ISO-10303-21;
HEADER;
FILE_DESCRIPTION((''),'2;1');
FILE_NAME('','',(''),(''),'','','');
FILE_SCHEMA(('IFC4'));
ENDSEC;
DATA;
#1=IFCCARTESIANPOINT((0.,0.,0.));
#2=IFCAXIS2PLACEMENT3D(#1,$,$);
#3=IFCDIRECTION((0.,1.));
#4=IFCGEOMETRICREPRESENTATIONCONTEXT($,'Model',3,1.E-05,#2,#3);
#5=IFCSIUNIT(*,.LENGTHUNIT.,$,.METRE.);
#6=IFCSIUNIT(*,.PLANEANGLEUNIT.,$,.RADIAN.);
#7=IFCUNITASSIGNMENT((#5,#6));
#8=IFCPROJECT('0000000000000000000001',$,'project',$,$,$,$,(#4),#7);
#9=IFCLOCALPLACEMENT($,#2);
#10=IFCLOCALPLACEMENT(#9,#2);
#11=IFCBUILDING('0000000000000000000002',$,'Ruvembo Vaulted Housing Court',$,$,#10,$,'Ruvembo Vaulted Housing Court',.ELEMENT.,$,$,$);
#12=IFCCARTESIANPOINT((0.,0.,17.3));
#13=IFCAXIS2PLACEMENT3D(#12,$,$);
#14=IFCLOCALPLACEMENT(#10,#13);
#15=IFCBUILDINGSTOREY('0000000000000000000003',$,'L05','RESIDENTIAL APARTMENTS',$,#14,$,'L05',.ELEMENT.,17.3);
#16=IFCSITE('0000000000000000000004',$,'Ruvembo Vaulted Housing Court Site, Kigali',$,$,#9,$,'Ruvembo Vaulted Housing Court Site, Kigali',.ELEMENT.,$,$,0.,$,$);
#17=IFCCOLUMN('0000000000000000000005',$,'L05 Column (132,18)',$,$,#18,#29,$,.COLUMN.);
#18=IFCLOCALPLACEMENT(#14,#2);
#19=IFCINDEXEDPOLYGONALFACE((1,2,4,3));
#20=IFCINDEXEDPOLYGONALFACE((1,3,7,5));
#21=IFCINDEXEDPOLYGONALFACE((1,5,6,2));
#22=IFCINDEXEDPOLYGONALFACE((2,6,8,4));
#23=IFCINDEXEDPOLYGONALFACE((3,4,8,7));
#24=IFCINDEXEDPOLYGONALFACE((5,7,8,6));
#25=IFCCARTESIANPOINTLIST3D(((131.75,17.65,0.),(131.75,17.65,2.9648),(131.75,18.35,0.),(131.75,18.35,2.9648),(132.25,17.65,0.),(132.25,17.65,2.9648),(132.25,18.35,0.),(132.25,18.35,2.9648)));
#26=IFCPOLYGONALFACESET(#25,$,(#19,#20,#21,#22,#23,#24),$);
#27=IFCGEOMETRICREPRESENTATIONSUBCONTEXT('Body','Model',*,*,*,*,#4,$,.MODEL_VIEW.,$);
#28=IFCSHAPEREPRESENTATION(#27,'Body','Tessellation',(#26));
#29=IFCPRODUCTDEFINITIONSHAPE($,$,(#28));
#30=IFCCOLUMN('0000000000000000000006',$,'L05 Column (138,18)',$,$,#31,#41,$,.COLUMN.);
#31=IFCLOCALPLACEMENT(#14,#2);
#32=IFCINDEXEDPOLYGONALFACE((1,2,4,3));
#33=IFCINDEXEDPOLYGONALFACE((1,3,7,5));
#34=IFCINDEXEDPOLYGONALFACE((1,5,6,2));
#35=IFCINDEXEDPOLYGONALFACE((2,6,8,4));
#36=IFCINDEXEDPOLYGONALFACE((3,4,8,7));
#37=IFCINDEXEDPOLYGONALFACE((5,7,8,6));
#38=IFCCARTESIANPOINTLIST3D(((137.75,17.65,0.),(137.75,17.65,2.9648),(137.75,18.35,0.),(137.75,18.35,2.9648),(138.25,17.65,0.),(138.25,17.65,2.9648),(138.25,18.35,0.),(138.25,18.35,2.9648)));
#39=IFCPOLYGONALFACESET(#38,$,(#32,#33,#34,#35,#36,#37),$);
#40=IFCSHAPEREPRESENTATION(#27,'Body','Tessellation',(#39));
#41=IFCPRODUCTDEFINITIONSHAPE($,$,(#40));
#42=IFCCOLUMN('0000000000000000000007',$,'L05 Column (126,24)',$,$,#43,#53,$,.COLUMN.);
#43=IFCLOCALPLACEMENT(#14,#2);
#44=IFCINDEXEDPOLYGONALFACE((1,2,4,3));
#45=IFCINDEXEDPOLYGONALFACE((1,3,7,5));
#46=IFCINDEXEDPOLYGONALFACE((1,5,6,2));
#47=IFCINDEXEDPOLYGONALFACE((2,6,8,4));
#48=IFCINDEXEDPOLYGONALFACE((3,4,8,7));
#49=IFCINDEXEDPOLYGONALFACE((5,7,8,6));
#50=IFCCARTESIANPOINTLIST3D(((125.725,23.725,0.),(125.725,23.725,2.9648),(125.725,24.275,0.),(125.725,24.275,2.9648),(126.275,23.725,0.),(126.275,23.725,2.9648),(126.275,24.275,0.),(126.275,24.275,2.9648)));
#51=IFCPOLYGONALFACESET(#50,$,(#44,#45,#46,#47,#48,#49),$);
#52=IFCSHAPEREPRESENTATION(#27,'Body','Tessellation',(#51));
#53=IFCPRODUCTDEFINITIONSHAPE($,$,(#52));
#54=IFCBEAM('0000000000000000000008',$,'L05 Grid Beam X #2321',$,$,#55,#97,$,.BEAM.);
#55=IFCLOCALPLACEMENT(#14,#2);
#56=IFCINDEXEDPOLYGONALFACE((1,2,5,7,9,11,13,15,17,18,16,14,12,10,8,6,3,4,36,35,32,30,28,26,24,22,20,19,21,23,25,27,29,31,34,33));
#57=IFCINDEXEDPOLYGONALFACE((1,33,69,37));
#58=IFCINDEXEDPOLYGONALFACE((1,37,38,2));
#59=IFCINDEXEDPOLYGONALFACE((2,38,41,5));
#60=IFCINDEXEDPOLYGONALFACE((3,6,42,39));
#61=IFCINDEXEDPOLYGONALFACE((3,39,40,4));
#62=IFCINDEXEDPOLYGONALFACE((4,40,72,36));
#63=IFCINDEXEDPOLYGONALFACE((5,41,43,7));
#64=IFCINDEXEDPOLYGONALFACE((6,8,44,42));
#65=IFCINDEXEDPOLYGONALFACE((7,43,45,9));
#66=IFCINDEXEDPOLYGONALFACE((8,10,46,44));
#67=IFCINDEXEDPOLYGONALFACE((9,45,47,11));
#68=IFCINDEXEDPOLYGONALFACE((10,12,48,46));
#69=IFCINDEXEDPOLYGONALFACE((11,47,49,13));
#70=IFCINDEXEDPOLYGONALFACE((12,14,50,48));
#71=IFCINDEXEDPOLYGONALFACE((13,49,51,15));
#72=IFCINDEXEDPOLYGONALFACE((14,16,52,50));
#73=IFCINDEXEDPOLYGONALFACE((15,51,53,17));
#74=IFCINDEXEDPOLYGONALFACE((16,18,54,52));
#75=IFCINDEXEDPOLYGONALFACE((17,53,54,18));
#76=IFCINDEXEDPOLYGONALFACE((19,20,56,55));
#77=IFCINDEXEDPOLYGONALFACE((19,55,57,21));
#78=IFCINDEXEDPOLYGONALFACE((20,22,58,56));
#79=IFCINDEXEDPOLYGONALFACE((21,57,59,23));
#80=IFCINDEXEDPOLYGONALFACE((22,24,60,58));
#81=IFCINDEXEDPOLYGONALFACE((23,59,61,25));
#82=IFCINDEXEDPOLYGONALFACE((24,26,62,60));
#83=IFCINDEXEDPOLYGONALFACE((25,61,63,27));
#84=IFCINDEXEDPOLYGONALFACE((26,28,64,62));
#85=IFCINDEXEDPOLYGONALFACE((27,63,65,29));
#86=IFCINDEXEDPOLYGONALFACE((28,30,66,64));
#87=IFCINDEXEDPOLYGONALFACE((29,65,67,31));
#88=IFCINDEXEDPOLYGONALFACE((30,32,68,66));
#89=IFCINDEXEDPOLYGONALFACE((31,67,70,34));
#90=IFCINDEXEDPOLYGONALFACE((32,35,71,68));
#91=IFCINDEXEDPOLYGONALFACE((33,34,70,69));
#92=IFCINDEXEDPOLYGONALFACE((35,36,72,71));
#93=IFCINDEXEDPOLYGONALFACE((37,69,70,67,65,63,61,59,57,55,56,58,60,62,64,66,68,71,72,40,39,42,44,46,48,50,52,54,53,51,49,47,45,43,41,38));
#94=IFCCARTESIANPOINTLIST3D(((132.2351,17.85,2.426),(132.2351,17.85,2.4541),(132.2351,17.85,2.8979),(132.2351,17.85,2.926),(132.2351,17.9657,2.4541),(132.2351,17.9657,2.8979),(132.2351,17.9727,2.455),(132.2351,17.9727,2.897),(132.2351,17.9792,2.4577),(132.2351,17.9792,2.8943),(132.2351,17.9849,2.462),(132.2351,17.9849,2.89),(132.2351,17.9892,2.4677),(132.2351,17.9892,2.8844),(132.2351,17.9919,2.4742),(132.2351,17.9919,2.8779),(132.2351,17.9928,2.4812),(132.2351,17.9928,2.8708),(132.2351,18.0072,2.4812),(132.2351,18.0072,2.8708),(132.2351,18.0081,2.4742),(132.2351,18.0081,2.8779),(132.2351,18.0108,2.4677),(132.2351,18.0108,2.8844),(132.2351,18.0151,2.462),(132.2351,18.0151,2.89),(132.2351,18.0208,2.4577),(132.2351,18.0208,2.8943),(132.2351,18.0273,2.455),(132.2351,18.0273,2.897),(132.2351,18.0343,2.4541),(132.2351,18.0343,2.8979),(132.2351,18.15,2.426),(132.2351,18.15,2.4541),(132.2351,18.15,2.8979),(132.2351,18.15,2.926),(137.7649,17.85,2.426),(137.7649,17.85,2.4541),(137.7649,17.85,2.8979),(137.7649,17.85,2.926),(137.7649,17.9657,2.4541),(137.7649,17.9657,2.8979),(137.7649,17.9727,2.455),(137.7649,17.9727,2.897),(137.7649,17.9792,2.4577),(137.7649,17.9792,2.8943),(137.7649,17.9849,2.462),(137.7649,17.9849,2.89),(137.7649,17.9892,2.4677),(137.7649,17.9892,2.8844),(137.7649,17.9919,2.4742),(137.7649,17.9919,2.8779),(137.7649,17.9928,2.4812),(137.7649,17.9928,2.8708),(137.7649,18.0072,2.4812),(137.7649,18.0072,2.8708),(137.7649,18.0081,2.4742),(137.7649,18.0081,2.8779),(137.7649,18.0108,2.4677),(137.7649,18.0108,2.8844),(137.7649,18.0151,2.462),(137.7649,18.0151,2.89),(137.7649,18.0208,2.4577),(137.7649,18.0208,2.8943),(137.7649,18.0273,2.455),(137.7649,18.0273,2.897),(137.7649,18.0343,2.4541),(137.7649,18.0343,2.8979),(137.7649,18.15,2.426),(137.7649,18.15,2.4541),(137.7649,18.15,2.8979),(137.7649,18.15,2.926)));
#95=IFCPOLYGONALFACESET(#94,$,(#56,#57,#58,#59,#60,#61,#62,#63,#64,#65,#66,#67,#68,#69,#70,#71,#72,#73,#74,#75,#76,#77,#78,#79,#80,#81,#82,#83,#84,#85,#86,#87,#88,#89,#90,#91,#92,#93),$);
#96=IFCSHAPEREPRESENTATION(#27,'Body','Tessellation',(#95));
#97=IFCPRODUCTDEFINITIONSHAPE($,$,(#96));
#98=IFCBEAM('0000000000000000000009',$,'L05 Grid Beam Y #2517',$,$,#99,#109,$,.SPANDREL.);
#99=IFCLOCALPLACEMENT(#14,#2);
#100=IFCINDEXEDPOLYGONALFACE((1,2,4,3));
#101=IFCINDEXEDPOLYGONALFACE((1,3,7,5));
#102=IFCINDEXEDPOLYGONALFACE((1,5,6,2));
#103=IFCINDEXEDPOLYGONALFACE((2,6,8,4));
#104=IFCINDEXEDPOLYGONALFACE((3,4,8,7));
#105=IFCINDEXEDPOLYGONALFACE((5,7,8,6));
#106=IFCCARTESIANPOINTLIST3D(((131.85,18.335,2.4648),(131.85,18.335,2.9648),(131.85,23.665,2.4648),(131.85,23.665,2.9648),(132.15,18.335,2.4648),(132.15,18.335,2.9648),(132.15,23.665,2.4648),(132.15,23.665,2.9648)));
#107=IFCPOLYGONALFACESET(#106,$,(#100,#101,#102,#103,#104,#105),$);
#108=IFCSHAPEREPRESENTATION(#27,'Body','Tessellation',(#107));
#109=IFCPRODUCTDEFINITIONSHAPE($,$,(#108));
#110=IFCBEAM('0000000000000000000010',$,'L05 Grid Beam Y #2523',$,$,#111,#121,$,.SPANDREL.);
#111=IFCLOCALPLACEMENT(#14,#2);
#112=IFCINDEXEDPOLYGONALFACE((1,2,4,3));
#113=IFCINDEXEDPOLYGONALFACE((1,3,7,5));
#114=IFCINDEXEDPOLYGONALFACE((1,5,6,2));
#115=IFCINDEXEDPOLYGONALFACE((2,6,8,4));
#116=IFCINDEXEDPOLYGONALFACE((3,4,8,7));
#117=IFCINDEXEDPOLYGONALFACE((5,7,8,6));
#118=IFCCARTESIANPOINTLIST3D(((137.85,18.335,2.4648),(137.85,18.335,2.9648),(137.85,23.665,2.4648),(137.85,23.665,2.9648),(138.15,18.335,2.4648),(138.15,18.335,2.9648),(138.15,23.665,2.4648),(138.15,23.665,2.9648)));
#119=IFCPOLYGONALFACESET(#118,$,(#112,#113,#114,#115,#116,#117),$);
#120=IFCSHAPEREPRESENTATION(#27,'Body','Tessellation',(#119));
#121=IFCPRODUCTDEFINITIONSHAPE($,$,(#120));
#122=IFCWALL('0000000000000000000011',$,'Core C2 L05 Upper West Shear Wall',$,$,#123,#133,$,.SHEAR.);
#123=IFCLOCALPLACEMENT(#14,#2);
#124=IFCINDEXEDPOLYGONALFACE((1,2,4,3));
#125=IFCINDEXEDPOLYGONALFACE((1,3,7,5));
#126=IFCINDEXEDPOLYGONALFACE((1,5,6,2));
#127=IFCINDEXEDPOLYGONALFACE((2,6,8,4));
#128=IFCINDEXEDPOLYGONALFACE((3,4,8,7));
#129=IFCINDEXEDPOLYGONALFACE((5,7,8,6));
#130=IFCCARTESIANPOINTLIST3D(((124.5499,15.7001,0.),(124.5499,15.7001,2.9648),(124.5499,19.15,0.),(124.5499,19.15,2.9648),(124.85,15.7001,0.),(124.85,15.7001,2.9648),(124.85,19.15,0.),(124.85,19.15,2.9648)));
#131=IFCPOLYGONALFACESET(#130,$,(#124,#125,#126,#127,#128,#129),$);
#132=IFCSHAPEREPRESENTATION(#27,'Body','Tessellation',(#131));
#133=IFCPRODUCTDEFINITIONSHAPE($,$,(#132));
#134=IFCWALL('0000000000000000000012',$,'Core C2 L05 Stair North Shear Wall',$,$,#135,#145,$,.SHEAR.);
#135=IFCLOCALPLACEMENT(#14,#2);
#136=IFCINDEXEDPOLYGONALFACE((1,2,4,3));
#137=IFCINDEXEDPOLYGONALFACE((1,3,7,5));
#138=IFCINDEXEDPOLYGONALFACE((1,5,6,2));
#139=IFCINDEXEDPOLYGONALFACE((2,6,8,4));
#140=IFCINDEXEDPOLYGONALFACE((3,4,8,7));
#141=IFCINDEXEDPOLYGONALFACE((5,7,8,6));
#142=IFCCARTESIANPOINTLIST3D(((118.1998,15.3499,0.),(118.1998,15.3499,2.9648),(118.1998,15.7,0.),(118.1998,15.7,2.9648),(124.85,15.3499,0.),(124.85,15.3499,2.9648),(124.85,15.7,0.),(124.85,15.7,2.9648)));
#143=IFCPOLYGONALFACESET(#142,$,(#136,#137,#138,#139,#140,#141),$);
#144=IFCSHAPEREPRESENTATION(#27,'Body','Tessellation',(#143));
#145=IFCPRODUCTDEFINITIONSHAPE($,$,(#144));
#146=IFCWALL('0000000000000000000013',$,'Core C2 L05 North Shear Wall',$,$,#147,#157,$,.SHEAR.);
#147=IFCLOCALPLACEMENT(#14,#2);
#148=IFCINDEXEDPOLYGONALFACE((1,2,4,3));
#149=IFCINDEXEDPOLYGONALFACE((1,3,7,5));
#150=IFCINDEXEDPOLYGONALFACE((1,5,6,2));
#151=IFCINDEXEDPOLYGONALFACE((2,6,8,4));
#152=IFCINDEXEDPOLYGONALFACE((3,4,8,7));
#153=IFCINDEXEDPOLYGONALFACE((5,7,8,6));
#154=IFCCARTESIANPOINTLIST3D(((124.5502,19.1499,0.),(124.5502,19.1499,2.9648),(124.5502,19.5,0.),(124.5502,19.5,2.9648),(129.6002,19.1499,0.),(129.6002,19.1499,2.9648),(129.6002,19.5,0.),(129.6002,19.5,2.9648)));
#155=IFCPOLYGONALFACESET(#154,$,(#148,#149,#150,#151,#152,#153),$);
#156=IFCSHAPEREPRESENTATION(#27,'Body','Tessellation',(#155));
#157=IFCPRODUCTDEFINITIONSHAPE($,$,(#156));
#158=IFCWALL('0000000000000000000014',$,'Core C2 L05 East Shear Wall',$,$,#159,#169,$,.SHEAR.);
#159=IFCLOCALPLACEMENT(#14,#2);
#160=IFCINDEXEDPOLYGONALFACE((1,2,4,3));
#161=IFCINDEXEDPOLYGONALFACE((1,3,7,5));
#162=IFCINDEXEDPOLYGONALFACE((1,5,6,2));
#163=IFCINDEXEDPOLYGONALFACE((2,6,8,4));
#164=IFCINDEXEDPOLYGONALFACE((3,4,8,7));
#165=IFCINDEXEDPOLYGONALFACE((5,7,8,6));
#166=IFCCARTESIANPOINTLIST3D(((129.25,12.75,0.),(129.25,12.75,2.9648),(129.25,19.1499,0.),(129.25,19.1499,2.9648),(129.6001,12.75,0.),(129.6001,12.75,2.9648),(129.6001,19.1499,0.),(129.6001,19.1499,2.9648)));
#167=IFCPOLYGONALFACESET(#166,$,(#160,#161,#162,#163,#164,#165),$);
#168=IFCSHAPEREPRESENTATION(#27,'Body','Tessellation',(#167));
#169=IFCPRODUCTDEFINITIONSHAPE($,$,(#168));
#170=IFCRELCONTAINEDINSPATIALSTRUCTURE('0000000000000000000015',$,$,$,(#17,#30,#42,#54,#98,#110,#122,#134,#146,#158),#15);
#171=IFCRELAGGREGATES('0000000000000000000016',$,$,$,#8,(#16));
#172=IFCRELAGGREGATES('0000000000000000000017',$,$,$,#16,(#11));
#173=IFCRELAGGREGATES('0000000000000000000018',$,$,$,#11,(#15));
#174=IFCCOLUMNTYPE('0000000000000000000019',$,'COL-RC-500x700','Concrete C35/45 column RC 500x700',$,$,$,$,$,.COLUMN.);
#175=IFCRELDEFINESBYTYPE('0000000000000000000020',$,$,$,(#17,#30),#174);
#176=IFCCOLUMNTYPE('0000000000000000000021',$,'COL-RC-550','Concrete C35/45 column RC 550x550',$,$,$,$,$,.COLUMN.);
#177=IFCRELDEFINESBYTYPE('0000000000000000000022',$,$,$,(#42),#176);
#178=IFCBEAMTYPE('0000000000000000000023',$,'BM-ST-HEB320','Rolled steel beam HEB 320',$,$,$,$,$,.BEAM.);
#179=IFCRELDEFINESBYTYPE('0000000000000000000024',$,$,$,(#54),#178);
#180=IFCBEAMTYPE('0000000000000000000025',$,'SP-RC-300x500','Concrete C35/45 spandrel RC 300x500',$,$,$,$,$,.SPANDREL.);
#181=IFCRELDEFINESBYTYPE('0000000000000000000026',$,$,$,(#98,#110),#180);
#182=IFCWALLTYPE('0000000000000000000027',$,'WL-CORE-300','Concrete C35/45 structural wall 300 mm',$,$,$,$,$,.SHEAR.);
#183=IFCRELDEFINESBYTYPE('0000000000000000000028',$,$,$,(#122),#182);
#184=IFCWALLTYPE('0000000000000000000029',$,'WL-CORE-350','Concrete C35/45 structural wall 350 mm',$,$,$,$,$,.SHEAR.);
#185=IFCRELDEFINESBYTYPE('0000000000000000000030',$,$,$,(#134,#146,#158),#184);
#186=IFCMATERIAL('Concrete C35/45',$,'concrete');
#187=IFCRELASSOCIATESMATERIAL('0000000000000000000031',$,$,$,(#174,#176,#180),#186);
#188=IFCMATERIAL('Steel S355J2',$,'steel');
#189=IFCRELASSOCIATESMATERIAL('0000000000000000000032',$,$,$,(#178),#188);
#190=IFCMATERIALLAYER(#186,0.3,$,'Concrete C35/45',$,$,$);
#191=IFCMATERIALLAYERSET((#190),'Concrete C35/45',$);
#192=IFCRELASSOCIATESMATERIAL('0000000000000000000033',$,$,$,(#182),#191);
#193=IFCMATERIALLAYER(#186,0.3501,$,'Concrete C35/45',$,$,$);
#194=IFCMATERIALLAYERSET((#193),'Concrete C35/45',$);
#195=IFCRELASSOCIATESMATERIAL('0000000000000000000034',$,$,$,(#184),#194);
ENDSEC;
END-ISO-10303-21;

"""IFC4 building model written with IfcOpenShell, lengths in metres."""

from ifc_helpers import new_model, si_unit, direction, frame, frame_2d, origin, origin_2d, place, context, subcontext, project, spatial, rectangle, i_section, extrude, material, layer, layer_set, material_profile, profile_set, type_object, element, save


model = new_model("IFC4")

# Units and contexts
model_context = context("Model", 3, precision=1e-05, world=origin(), true_north=direction((0.0, 1.0)))
body_context = subcontext(model_context, "Body", "Model", "MODEL_VIEW")
ifc_project = project(units=[si_unit("LENGTHUNIT", "METRE"), si_unit("PLANEANGLEUNIT", "RADIAN")], contexts=[model_context])

# Site, building, storey
site_placement = place(None, origin())
site = spatial("IfcSite", under=ifc_project, at=site_placement, Name="Ruvembo Vaulted Housing Court Site, Kigali", LongName="Ruvembo Vaulted Housing Court Site, Kigali", CompositionType="ELEMENT", RefElevation=0.0)
building_placement = place(site_placement, origin())
building = spatial("IfcBuilding", under=site, at=building_placement, Name="Ruvembo Vaulted Housing Court", LongName="Ruvembo Vaulted Housing Court", CompositionType="ELEMENT")
storey_placement = place(building_placement, frame((0.0, 0.0, 17.3)))
storey = spatial("IfcBuildingStorey", under=building, at=storey_placement, Name="L05", Description="RESIDENTIAL APARTMENTS", LongName="L05", CompositionType="ELEMENT", Elevation=17.3)

# Columns
ifc_material_1 = material(Name="Concrete C35/45", Category="concrete")
ifc_material_profile_1 = material_profile(ifc_material_1, rectangle(XDim=0.5, YDim=0.7, at=origin_2d()), Name="RC 500x700")
ifc_profile_set_1 = profile_set([ifc_material_profile_1], Name="Concrete C35/45")
column_type_1 = type_object("IfcColumnType", Name="COL-RC-500x700", Description="Concrete C35/45 column RC 500x700", PredefinedType="COLUMN", material=ifc_profile_set_1)
for number, where, z_axis, x_axis, name in (
    (1, (132.0, 18.0, 0.0), (0.0, 0.0, 1.0), (1.0, 0.0, 0.0), "L05 Column (132,18)"),
    (2, (138.0, 18.0, 0.0), (0.0, 0.0, 1.0), (1.0, 0.0, 0.0), "L05 Column (138,18)"),
):
    element("IfcColumn", number, at=place(storey_placement, frame(where, z_axis=z_axis, x_axis=x_axis)), inside=storey, type_object=column_type_1, Name=name, PredefinedType="COLUMN", context=body_context, shape_type="SweptSolid", body=[
        extrude(rectangle(XDim=0.5, YDim=0.7, at=origin_2d()), origin(), (0.0, 0.0, 1.0), 2.9648),
    ])
ifc_material_profile_2 = material_profile(ifc_material_1, rectangle(XDim=0.55, YDim=0.55, at=origin_2d()), Name="RC 550x550")
ifc_profile_set_2 = profile_set([ifc_material_profile_2], Name="Concrete C35/45")
column_type_2 = type_object("IfcColumnType", Name="COL-RC-550", Description="Concrete C35/45 column RC 550x550", PredefinedType="COLUMN", material=ifc_profile_set_2)
column_placement = place(storey_placement, frame((126.0, 24.0, 0.0), z_axis=(0.0, 0.0, 1.0), x_axis=(1.0, 0.0, 0.0)))
element("IfcColumn", 3, at=column_placement, inside=storey, type_object=column_type_2, Name="L05 Column (126,24)", PredefinedType="COLUMN", context=body_context, shape_type="SweptSolid", body=[
    extrude(rectangle(XDim=0.55, YDim=0.55, at=origin_2d()), origin(), (0.0, 0.0, 1.0), 2.9648),
])

# Beams
ifc_material_2 = material(Name="Steel S355J2", Category="steel")
ifc_material_profile_3 = material_profile(ifc_material_2, i_section(OverallWidth=0.3, OverallDepth=0.5, WebThickness=0.0144, FlangeThickness=0.0281, FilletRadius=0.0271, at=origin_2d()), Name="HEB 320")
ifc_profile_set_3 = profile_set([ifc_material_profile_3], Name="Steel S355J2")
beam_type_1 = type_object("IfcBeamType", Name="BM-ST-HEB320", Description="Rolled steel beam HEB 320", PredefinedType="BEAM", material=ifc_profile_set_3)
beam_placement = place(storey_placement, frame((132.2351, 18.0, 2.676), z_axis=(1.0, 0.0, 0.0), x_axis=(0.0, 1.0, 0.0)))
element("IfcBeam", 4, at=beam_placement, inside=storey, type_object=beam_type_1, Name="L05 Grid Beam X #2321", PredefinedType="BEAM", context=body_context, shape_type="SweptSolid", body=[
    extrude(i_section(OverallWidth=0.3, OverallDepth=0.5, WebThickness=0.0144, FlangeThickness=0.0281, FilletRadius=0.0271, at=origin_2d()), origin(), (0.0, 0.0, 1.0), 5.5298),
])
ifc_material_profile_4 = material_profile(ifc_material_1, rectangle(XDim=0.3, YDim=0.5, at=origin_2d()), Name="RC 300x500")
ifc_profile_set_4 = profile_set([ifc_material_profile_4], Name="Concrete C35/45")
beam_type_2 = type_object("IfcBeamType", Name="SP-RC-300x500", Description="Concrete C35/45 spandrel RC 300x500", PredefinedType="SPANDREL", material=ifc_profile_set_4)
for number, where, z_axis, x_axis, name in (
    (5, (132.0, 18.335, 2.7148), (0.0, 1.0, 0.0), (-1.0, 0.0, 0.0), "L05 Grid Beam Y #2517"),
    (6, (138.0, 18.335, 2.7148), (0.0, 1.0, 0.0), (-1.0, 0.0, 0.0), "L05 Grid Beam Y #2523"),
):
    element("IfcBeam", number, at=place(storey_placement, frame(where, z_axis=z_axis, x_axis=x_axis)), inside=storey, type_object=beam_type_2, Name=name, PredefinedType="SPANDREL", context=body_context, shape_type="SweptSolid", body=[
        extrude(rectangle(XDim=0.3, YDim=0.5, at=origin_2d()), origin(), (0.0, 0.0, 1.0), 5.3301),
    ])

# Shared definitions
ifc_layer_1 = layer(ifc_material_1, 0.3, Name="Concrete C35/45")
ifc_layer_set_1 = layer_set([ifc_layer_1], Name="Concrete C35/45")
wall_type_1 = type_object("IfcWallType", Name="WL-CORE-300", Description="Concrete C35/45 structural wall 300 mm", PredefinedType="SHEAR", material=ifc_layer_set_1)

# Walls
wall_1_placement = place(storey_placement, frame((124.7, 15.7, 0.0), z_axis=(0.0, 0.0, 1.0), x_axis=(0.0, 1.0, 0.0)))
element("IfcWall", 7, at=wall_1_placement, inside=storey, type_object=wall_type_1, Name="Core C2 L05 Upper West Shear Wall", PredefinedType="SHEAR", context=body_context, shape_type="SweptSolid", body=[
    extrude(rectangle(XDim=3.45, YDim=0.3, at=frame_2d((1.7251, 0.0))), origin(), (0.0, 0.0, 1.0), 2.9648),
])
ifc_layer_2 = layer(ifc_material_1, 0.3501, Name="Concrete C35/45")
ifc_layer_set_2 = layer_set([ifc_layer_2], Name="Concrete C35/45")
wall_type_2 = type_object("IfcWallType", Name="WL-CORE-350", Description="Concrete C35/45 structural wall 350 mm", PredefinedType="SHEAR", material=ifc_layer_set_2)
wall_2_placement = place(storey_placement, frame((124.8501, 15.5249, 0.0), z_axis=(0.0, 0.0, 1.0), x_axis=(-1.0, 0.0, 0.0)))
element("IfcWall", 8, at=wall_2_placement, inside=storey, type_object=wall_type_2, Name="Core C2 L05 Stair North Shear Wall", PredefinedType="SHEAR", context=body_context, shape_type="SweptSolid", body=[
    extrude(rectangle(XDim=6.6501, YDim=0.3501, at=frame_2d((3.3252, 0.0))), origin(), (0.0, 0.0, 1.0), 2.9648),
])
wall_3_placement = place(storey_placement, frame((129.6001, 19.325, 0.0), z_axis=(0.0, 0.0, 1.0), x_axis=(-1.0, 0.0, 0.0)))
element("IfcWall", 9, at=wall_3_placement, inside=storey, type_object=wall_type_2, Name="Core C2 L05 North Shear Wall", PredefinedType="SHEAR", context=body_context, shape_type="SweptSolid", body=[
    extrude(rectangle(XDim=5.05, YDim=0.3501, at=frame_2d((2.5249, 0.0))), origin(), (0.0, 0.0, 1.0), 2.9648),
])
wall_4_placement = place(storey_placement, frame((129.425, 12.75, 0.0), z_axis=(0.0, 0.0, 1.0), x_axis=(0.0, 1.0, 0.0)))
element("IfcWall", 10, at=wall_4_placement, inside=storey, type_object=wall_type_2, Name="Core C2 L05 East Shear Wall", PredefinedType="SHEAR", context=body_context, shape_type="SweptSolid", body=[
    extrude(rectangle(XDim=6.3999, YDim=0.3501, at=frame_2d((3.2, 0.0))), origin(), (0.0, 0.0, 1.0), 2.9648),
])

save(model, "model.ifc")
